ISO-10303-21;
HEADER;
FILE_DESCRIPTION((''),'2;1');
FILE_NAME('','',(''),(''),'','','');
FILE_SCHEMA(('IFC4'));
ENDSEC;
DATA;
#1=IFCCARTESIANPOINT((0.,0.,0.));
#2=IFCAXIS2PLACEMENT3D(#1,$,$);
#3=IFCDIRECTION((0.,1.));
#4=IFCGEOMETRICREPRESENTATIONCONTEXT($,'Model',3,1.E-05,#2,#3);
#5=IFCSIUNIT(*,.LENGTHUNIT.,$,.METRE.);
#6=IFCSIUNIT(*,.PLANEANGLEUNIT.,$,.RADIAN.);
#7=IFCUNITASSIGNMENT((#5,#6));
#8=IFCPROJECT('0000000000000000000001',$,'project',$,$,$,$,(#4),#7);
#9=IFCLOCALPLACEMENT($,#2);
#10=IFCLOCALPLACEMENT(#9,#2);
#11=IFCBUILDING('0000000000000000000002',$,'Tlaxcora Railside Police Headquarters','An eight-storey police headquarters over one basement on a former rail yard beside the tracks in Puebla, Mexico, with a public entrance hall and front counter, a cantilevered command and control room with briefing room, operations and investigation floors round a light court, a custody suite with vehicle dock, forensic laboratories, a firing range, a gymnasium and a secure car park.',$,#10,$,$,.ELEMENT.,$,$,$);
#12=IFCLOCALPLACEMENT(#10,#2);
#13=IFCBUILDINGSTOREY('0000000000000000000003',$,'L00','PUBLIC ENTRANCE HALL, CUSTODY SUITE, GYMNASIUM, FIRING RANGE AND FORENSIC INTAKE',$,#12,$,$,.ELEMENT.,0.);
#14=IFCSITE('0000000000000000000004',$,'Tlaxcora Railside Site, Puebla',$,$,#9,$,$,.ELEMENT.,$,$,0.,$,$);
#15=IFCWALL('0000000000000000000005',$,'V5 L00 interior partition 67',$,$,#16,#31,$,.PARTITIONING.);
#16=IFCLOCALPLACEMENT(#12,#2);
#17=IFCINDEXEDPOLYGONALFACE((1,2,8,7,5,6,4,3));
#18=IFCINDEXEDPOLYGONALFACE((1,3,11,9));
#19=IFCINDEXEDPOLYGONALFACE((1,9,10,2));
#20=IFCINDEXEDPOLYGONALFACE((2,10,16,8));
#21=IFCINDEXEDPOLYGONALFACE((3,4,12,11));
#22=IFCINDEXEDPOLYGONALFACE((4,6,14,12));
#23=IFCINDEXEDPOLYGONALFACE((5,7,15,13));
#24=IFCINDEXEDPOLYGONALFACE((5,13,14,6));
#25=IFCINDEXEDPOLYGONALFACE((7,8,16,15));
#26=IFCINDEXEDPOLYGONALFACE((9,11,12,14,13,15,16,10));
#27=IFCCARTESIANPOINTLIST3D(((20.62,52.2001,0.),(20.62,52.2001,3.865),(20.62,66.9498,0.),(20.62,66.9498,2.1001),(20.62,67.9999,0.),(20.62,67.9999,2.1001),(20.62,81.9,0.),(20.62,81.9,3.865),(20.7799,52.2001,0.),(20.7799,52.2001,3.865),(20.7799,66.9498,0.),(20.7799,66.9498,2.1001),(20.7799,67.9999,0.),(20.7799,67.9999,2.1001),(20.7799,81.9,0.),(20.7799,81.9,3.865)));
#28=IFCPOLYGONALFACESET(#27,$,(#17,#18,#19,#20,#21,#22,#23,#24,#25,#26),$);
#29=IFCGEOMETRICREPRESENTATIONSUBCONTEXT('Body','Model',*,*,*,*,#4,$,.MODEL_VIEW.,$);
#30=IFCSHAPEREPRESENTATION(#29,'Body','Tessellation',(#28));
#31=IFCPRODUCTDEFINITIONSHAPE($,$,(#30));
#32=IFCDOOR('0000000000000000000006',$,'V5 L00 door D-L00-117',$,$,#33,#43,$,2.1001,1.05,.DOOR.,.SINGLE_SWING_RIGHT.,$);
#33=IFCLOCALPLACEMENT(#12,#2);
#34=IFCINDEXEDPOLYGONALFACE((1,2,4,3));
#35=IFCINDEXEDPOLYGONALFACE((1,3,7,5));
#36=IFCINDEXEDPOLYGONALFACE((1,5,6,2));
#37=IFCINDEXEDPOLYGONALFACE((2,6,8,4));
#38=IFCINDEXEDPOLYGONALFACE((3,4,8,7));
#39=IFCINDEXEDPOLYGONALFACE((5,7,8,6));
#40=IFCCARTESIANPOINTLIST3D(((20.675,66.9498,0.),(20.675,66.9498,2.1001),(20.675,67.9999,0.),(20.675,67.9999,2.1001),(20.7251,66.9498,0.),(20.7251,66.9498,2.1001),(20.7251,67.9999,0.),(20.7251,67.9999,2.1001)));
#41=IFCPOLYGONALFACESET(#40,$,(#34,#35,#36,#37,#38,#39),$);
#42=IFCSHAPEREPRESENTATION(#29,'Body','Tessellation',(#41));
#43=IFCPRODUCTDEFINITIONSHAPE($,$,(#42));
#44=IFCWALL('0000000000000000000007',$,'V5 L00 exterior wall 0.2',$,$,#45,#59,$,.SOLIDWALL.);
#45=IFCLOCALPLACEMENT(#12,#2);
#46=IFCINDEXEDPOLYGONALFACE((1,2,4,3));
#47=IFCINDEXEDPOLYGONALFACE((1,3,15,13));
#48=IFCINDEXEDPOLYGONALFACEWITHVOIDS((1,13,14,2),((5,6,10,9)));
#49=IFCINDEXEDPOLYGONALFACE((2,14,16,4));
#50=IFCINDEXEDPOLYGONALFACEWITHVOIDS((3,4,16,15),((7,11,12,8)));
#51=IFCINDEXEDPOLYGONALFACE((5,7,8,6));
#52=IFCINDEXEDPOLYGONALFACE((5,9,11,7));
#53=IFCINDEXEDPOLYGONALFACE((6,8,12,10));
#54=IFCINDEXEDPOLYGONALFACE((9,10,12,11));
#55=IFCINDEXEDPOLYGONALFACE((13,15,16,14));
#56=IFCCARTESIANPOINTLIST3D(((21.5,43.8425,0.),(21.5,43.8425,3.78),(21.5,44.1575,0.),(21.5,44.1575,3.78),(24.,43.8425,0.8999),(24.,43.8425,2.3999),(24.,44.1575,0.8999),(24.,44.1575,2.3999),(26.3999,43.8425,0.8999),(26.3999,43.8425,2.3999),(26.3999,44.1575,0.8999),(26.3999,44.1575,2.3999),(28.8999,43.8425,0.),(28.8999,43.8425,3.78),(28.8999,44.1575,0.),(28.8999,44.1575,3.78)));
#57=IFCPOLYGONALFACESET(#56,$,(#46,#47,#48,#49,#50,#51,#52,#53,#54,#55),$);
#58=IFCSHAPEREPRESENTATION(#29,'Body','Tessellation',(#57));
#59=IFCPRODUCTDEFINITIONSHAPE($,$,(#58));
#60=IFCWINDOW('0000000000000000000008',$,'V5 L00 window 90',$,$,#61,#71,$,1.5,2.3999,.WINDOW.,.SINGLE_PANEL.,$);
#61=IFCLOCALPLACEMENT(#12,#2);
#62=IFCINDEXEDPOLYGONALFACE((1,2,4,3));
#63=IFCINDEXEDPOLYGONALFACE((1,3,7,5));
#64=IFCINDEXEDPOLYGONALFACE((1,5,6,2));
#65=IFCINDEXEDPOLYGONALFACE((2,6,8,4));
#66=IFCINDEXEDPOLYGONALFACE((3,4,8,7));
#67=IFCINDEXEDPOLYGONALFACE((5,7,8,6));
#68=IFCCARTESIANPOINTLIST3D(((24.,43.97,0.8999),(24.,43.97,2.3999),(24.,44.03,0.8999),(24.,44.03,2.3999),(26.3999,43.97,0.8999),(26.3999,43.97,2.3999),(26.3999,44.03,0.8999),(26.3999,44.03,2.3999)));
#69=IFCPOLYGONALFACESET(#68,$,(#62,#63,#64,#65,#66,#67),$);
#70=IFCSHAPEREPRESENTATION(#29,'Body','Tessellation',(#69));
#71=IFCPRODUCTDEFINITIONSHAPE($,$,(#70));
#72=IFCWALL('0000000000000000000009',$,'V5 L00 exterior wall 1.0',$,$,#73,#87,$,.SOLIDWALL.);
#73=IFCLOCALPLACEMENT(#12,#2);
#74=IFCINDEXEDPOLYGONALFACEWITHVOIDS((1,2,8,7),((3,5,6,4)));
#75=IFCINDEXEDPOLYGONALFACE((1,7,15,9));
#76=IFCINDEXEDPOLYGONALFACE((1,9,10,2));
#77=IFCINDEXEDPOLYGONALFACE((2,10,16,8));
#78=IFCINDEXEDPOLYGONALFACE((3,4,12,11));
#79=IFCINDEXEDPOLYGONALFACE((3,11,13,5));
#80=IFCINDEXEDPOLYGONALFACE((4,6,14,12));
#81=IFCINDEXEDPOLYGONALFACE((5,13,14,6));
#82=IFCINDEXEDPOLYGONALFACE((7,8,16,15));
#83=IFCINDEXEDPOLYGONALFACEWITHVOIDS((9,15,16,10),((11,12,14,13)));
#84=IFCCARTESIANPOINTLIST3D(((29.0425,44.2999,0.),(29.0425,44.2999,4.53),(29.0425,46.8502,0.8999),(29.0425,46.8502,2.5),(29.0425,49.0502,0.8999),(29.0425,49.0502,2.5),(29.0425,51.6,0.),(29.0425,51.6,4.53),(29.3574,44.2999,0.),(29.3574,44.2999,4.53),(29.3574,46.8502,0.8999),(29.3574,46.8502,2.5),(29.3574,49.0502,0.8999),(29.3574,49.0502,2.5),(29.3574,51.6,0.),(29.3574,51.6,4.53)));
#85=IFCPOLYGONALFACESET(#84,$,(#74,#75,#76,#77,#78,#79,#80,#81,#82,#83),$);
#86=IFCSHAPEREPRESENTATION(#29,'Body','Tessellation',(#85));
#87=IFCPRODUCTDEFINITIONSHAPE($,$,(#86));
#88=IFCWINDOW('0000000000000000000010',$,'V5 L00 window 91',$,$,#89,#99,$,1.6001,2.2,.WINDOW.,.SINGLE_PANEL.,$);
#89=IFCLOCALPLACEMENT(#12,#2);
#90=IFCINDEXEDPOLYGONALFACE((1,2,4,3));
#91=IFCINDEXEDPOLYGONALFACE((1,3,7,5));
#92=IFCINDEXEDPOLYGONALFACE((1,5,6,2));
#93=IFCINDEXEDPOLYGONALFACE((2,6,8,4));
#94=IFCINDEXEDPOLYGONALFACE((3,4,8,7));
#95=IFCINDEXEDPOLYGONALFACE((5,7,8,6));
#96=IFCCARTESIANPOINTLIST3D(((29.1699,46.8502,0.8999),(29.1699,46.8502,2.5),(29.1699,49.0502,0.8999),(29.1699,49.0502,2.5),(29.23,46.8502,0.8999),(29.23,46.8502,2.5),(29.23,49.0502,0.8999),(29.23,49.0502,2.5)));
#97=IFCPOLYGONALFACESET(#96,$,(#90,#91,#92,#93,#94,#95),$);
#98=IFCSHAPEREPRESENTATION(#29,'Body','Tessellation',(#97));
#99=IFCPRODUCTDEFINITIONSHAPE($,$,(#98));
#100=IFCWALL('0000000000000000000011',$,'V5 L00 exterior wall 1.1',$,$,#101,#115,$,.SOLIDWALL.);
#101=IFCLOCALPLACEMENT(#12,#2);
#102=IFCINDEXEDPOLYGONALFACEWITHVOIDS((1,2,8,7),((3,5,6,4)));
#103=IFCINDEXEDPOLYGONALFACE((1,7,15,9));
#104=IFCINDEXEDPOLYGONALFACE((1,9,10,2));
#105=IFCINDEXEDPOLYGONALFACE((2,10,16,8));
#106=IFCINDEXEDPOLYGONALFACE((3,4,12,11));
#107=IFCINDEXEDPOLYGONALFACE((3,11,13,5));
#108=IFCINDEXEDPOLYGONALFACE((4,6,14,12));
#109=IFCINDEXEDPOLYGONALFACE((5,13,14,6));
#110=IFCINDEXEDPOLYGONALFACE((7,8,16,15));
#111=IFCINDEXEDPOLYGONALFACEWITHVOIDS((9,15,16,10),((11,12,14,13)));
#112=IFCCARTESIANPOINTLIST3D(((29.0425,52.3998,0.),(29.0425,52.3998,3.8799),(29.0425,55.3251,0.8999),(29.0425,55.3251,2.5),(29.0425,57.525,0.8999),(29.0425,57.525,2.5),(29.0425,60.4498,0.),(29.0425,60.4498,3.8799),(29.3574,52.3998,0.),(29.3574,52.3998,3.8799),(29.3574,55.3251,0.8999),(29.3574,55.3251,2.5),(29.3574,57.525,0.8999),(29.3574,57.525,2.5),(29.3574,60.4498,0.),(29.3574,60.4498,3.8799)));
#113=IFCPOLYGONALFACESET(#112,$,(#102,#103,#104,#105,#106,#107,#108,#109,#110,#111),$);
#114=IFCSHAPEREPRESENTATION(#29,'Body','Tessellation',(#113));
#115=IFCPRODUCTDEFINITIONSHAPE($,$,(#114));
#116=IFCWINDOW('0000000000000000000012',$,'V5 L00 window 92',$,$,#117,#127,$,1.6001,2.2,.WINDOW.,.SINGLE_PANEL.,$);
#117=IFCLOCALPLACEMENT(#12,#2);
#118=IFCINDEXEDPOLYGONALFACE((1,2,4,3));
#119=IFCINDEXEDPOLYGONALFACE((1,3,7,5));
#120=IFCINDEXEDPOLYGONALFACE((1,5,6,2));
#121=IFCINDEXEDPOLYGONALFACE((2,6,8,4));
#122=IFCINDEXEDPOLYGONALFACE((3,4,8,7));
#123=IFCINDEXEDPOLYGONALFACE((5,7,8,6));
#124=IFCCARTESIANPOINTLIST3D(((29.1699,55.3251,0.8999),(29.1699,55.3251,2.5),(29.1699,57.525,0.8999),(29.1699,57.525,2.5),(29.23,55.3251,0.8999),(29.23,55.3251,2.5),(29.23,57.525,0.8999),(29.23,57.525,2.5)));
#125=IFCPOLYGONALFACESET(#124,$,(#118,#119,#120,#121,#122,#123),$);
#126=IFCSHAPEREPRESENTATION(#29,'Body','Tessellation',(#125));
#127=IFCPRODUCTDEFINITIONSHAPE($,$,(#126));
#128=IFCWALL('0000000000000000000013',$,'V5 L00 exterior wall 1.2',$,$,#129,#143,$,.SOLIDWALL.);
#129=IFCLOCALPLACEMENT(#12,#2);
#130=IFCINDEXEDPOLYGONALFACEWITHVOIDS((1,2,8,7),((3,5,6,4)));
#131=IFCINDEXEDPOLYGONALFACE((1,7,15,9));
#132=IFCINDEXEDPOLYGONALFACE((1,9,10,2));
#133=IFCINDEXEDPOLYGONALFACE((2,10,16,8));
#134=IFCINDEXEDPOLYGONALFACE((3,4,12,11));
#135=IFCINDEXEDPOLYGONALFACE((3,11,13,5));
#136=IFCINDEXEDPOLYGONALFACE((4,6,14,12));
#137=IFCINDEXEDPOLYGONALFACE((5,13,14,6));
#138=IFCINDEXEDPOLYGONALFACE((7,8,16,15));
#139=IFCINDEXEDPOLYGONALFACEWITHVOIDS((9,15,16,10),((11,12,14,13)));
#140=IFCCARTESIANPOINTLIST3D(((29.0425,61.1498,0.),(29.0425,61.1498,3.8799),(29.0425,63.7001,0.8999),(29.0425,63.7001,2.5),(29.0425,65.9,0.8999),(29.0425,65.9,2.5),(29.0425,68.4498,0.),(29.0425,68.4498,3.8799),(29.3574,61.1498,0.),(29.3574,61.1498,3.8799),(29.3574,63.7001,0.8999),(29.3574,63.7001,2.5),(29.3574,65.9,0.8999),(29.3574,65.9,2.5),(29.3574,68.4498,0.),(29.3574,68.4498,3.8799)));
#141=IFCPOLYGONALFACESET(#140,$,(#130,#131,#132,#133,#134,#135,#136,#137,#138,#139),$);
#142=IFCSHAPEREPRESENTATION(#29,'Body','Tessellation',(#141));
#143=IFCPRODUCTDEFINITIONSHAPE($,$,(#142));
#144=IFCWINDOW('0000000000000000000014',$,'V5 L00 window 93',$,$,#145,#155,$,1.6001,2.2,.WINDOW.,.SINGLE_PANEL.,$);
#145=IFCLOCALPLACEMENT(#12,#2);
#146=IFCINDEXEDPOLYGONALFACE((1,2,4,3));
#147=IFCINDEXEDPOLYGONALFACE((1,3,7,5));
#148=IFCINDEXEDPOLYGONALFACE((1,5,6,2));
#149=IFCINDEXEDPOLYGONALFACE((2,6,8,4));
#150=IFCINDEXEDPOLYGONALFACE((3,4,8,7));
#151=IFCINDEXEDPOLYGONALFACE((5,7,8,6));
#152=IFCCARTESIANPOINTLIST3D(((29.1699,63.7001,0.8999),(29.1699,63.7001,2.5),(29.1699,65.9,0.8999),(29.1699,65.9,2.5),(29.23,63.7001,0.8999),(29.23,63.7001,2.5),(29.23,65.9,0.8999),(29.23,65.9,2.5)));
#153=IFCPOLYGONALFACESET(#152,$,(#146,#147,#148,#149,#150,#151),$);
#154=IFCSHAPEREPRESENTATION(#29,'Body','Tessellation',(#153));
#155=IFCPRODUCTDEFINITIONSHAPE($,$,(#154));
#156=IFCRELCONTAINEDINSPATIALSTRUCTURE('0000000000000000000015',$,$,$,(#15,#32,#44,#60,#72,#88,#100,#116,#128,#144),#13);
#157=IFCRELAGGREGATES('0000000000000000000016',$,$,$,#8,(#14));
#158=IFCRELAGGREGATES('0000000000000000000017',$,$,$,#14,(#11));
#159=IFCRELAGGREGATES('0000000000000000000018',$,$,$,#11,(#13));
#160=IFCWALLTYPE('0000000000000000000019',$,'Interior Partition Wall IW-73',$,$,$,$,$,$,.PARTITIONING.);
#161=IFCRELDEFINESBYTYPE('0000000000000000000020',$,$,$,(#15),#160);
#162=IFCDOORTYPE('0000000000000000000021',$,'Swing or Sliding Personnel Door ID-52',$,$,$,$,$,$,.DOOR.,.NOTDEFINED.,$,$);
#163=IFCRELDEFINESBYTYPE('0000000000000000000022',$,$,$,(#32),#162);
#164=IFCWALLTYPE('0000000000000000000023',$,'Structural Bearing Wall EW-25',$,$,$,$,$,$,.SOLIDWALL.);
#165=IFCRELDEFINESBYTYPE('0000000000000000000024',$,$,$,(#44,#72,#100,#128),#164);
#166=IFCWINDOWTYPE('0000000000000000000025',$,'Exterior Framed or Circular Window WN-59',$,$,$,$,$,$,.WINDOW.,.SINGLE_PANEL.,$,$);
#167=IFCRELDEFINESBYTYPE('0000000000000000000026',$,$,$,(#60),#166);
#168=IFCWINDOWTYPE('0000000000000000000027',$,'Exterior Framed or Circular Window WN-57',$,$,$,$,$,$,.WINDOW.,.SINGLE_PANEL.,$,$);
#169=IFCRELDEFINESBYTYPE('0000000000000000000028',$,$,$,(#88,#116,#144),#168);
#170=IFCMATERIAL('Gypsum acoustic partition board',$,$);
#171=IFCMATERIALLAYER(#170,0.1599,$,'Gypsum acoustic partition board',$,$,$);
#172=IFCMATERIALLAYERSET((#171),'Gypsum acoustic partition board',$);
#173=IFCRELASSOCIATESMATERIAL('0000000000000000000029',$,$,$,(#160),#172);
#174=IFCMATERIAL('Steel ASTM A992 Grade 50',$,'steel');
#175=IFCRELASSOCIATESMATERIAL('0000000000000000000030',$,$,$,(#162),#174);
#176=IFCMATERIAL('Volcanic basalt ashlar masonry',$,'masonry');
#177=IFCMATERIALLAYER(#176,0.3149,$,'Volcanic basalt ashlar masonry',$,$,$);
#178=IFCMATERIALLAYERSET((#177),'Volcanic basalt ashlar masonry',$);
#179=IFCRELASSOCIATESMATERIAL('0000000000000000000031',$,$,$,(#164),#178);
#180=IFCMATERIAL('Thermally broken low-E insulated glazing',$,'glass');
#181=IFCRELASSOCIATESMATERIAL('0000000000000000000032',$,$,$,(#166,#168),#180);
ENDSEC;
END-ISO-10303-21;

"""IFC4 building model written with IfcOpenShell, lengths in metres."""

from ifc_helpers import new_model, si_unit, direction, frame, frame_2d, origin, place, context, subcontext, project, spatial, rectangle, extrude, material, layer, layer_set, type_object, element, fill, save


model = new_model("IFC4")

# Units and contexts
model_context = context("Model", 3, precision=1e-05, world=origin(), true_north=direction((0.0, 1.0)))
body_context = subcontext(model_context, "Body", "Model", "MODEL_VIEW")
ifc_project = project(units=[si_unit("LENGTHUNIT", "METRE"), si_unit("PLANEANGLEUNIT", "RADIAN")], contexts=[model_context])

# Site, building, storey
site_placement = place(None, origin())
site = spatial("IfcSite", under=ifc_project, at=site_placement, Name="Tlaxcora Railside Site, Puebla", CompositionType="ELEMENT", RefElevation=0.0)
building_placement = place(site_placement, origin())
building = spatial("IfcBuilding", under=site, at=building_placement, Name="Tlaxcora Railside Police Headquarters", Description="An eight-storey police headquarters over one basement on a former rail yard beside the tracks in Puebla, Mexico, with a public entrance hall and front counter, a cantilevered command and control room with briefing room, operations and investigation floors round a light court, a custody suite with vehicle dock, forensic laboratories, a firing range, a gymnasium and a secure car park.", CompositionType="ELEMENT")
storey_placement = place(building_placement, origin())
storey = spatial("IfcBuildingStorey", under=building, at=storey_placement, Name="L00", Description="PUBLIC ENTRANCE HALL, CUSTODY SUITE, GYMNASIUM, FIRING RANGE AND FORENSIC INTAKE", CompositionType="ELEMENT", Elevation=0.0)

# Shared definitions
ifc_material_1 = material(Name="Steel ASTM A992 Grade 50", Category="steel")

# Wall, opening, door
ifc_material_2 = material(Name="Gypsum acoustic partition board")
ifc_layer_1 = layer(ifc_material_2, 0.1599, Name="Gypsum acoustic partition board")
ifc_layer_set_1 = layer_set([ifc_layer_1], Name="Gypsum acoustic partition board")
wall_type_1 = type_object("IfcWallType", Name="Interior Partition Wall IW-73", PredefinedType="PARTITIONING", material=ifc_layer_set_1)
wall_1_placement = place(storey_placement, frame((20.7, 52.2, 0.0), z_axis=(0.0, 0.0, 1.0), x_axis=(0.0, 1.0, 0.0)))
wall_1 = element("IfcWall", 1, at=wall_1_placement, inside=storey, type_object=wall_type_1, Name="V5 L00 interior partition 67", PredefinedType="PARTITIONING", context=body_context, shape_type="SweptSolid", body=[
    extrude(rectangle(XDim=29.7, YDim=0.1599, at=frame_2d((14.8501, 0.0))), origin(), (0.0, 0.0, 1.0), 3.865),
])
opening_1_placement = place(wall_1_placement, frame((14.75, 0.0, 0.0)))
opening_1 = element("IfcOpeningElement", 2, at=opening_1_placement, cuts=wall_1, PredefinedType="OPENING", context=body_context, shape_type="SweptSolid", body=[
    extrude(rectangle(XDim=1.05, YDim=2.1001, at=frame_2d((0.5249, 1.05))), frame((0.0, 0.0898, 0.0), z_axis=(0.0, -1.0, 0.0), x_axis=(1.0, 0.0, 0.0)), (0.0, 0.0, 1.0), 0.1799),
])
door_type = type_object("IfcDoorType", Name="Swing or Sliding Personnel Door ID-52", OperationType="NOTDEFINED", PredefinedType="DOOR", material=ifc_material_1)
door_placement = place(opening_1_placement, origin())
door = element("IfcDoor", 3, at=door_placement, inside=storey, type_object=door_type, Name="V5 L00 door D-L00-117", OperationType="SINGLE_SWING_RIGHT", OverallHeight=2.1001, OverallWidth=1.05, PredefinedType="DOOR", context=body_context, shape_type="SweptSolid", body=[
    extrude(rectangle(XDim=1.05, YDim=2.1001, at=frame_2d((0.5249, 1.05))), frame((0.0, 0.0249, 0.0), z_axis=(0.0, -1.0, 0.0), x_axis=(1.0, 0.0, 0.0)), (0.0, 0.0, 1.0), 0.05),
])
fill(opening_1, door)

# Walls, openings, windows
ifc_material_3 = material(Name="Volcanic basalt ashlar masonry", Category="masonry")
ifc_layer_2 = layer(ifc_material_3, 0.3149, Name="Volcanic basalt ashlar masonry")
ifc_layer_set_2 = layer_set([ifc_layer_2], Name="Volcanic basalt ashlar masonry")
wall_type_2 = type_object("IfcWallType", Name="Structural Bearing Wall EW-25", PredefinedType="SOLIDWALL", material=ifc_layer_set_2)
wall_2_placement = place(storey_placement, frame((21.5, 44.0, 0.0), z_axis=(0.0, 0.0, 1.0), x_axis=(1.0, 0.0, 0.0)))
wall_2 = element("IfcWall", 4, at=wall_2_placement, inside=storey, type_object=wall_type_2, Name="V5 L00 exterior wall 0.2", PredefinedType="SOLIDWALL", context=body_context, shape_type="SweptSolid", body=[
    extrude(rectangle(XDim=7.3999, YDim=0.3149, at=frame_2d((3.7, 0.0))), origin(), (0.0, 0.0, 1.0), 3.78),
])
opening_2_placement = place(wall_2_placement, frame((2.5, 0.0, 0.8999)))
opening_2 = element("IfcOpeningElement", 5, at=opening_2_placement, cuts=wall_2, PredefinedType="OPENING", context=body_context, shape_type="SweptSolid", body=[
    extrude(rectangle(XDim=2.3999, YDim=1.5, at=frame_2d((1.2, 0.75))), frame((0.0, 0.1675, 0.0), z_axis=(0.0, -1.0, 0.0), x_axis=(1.0, 0.0, 0.0)), (0.0, 0.0, 1.0), 0.335),
])
ifc_material_4 = material(Name="Thermally broken low-E insulated glazing", Category="glass")
window_type_1 = type_object("IfcWindowType", Name="Exterior Framed or Circular Window WN-59", PartitioningType="SINGLE_PANEL", PredefinedType="WINDOW", material=ifc_material_4)
window_1_placement = place(opening_2_placement, origin())
window_1 = element("IfcWindow", 6, at=window_1_placement, inside=storey, type_object=window_type_1, Name="V5 L00 window 90", OverallHeight=1.5, OverallWidth=2.3999, PartitioningType="SINGLE_PANEL", PredefinedType="WINDOW", context=body_context, shape_type="SweptSolid", body=[
    extrude(rectangle(XDim=2.3999, YDim=1.5, at=frame_2d((1.2, 0.75))), frame((0.0, 0.03, 0.0), z_axis=(0.0, -1.0, 0.0), x_axis=(1.0, 0.0, 0.0)), (0.0, 0.0, 1.0), 0.0601),
])
fill(opening_2, window_1)
wall_3_placement = place(storey_placement, frame((29.2, 44.3, 0.0), z_axis=(0.0, 0.0, 1.0), x_axis=(0.0, 1.0, 0.0)))
wall_3 = element("IfcWall", 7, at=wall_3_placement, inside=storey, type_object=wall_type_2, Name="V5 L00 exterior wall 1.0", PredefinedType="SOLIDWALL", context=body_context, shape_type="SweptSolid", body=[
    extrude(rectangle(XDim=7.3, YDim=0.3149, at=frame_2d((3.6499, 0.0))), origin(), (0.0, 0.0, 1.0), 4.53),
])
opening_3_placement = place(wall_3_placement, frame((2.55, 0.0, 0.8999)))
opening_3 = element("IfcOpeningElement", 8, at=opening_3_placement, cuts=wall_3, PredefinedType="OPENING", context=body_context, shape_type="SweptSolid", body=[
    extrude(rectangle(XDim=2.2, YDim=1.6001, at=frame_2d((1.1001, 0.8))), frame((0.0, 0.1675, 0.0), z_axis=(0.0, -1.0, 0.0), x_axis=(1.0, 0.0, 0.0)), (0.0, 0.0, 1.0), 0.335),
])
window_type_2 = type_object("IfcWindowType", Name="Exterior Framed or Circular Window WN-57", PartitioningType="SINGLE_PANEL", PredefinedType="WINDOW", material=ifc_material_4)
window_2_placement = place(opening_3_placement, origin())
window_2 = element("IfcWindow", 9, at=window_2_placement, inside=storey, type_object=window_type_2, Name="V5 L00 window 91", OverallHeight=1.6001, OverallWidth=2.2, PartitioningType="SINGLE_PANEL", PredefinedType="WINDOW", context=body_context, shape_type="SweptSolid", body=[
    extrude(rectangle(XDim=2.2, YDim=1.6001, at=frame_2d((1.1001, 0.8))), frame((0.0, 0.03, 0.0), z_axis=(0.0, -1.0, 0.0), x_axis=(1.0, 0.0, 0.0)), (0.0, 0.0, 1.0), 0.0601),
])
fill(opening_3, window_2)
wall_4_placement = place(storey_placement, frame((29.2, 52.3999, 0.0), z_axis=(0.0, 0.0, 1.0), x_axis=(0.0, 1.0, 0.0)))
wall_4 = element("IfcWall", 10, at=wall_4_placement, inside=storey, type_object=wall_type_2, Name="V5 L00 exterior wall 1.1", PredefinedType="SOLIDWALL", context=body_context, shape_type="SweptSolid", body=[
    extrude(rectangle(XDim=8.05, YDim=0.3149, at=frame_2d((4.0249, 0.0))), origin(), (0.0, 0.0, 1.0), 3.8799),
])
opening_4_placement = place(wall_4_placement, frame((2.925, 0.0, 0.8999)))
opening_4 = element("IfcOpeningElement", 11, at=opening_4_placement, cuts=wall_4, PredefinedType="OPENING", context=body_context, shape_type="SweptSolid", body=[
    extrude(rectangle(XDim=2.2, YDim=1.6001, at=frame_2d((1.1001, 0.8))), frame((0.0, 0.1675, 0.0), z_axis=(0.0, -1.0, 0.0), x_axis=(1.0, 0.0, 0.0)), (0.0, 0.0, 1.0), 0.335),
])
window_3_placement = place(opening_4_placement, origin())
window_3 = element("IfcWindow", 12, at=window_3_placement, inside=storey, type_object=window_type_2, Name="V5 L00 window 92", OverallHeight=1.6001, OverallWidth=2.2, PartitioningType="SINGLE_PANEL", PredefinedType="WINDOW", context=body_context, shape_type="SweptSolid", body=[
    extrude(rectangle(XDim=2.2, YDim=1.6001, at=frame_2d((1.1001, 0.8))), frame((0.0, 0.03, 0.0), z_axis=(0.0, -1.0, 0.0), x_axis=(1.0, 0.0, 0.0)), (0.0, 0.0, 1.0), 0.0601),
])
fill(opening_4, window_3)
wall_5_placement = place(storey_placement, frame((29.2, 61.1499, 0.0), z_axis=(0.0, 0.0, 1.0), x_axis=(0.0, 1.0, 0.0)))
wall_5 = element("IfcWall", 13, at=wall_5_placement, inside=storey, type_object=wall_type_2, Name="V5 L00 exterior wall 1.2", PredefinedType="SOLIDWALL", context=body_context, shape_type="SweptSolid", body=[
    extrude(rectangle(XDim=7.3, YDim=0.3149, at=frame_2d((3.6499, 0.0))), origin(), (0.0, 0.0, 1.0), 3.8799),
])
opening_5_placement = place(wall_5_placement, frame((2.55, 0.0, 0.8999)))
opening_5 = element("IfcOpeningElement", 14, at=opening_5_placement, cuts=wall_5, PredefinedType="OPENING", context=body_context, shape_type="SweptSolid", body=[
    extrude(rectangle(XDim=2.2, YDim=1.6001, at=frame_2d((1.1001, 0.8))), frame((0.0, 0.1675, 0.0), z_axis=(0.0, -1.0, 0.0), x_axis=(1.0, 0.0, 0.0)), (0.0, 0.0, 1.0), 0.335),
])
window_4_placement = place(opening_5_placement, origin())
window_4 = element("IfcWindow", 15, at=window_4_placement, inside=storey, type_object=window_type_2, Name="V5 L00 window 93", OverallHeight=1.6001, OverallWidth=2.2, PartitioningType="SINGLE_PANEL", PredefinedType="WINDOW", context=body_context, shape_type="SweptSolid", body=[
    extrude(rectangle(XDim=2.2, YDim=1.6001, at=frame_2d((1.1001, 0.8))), frame((0.0, 0.03, 0.0), z_axis=(0.0, -1.0, 0.0), x_axis=(1.0, 0.0, 0.0)), (0.0, 0.0, 1.0), 0.0601),
])
fill(opening_5, window_4)

save(model, "model.ifc")
